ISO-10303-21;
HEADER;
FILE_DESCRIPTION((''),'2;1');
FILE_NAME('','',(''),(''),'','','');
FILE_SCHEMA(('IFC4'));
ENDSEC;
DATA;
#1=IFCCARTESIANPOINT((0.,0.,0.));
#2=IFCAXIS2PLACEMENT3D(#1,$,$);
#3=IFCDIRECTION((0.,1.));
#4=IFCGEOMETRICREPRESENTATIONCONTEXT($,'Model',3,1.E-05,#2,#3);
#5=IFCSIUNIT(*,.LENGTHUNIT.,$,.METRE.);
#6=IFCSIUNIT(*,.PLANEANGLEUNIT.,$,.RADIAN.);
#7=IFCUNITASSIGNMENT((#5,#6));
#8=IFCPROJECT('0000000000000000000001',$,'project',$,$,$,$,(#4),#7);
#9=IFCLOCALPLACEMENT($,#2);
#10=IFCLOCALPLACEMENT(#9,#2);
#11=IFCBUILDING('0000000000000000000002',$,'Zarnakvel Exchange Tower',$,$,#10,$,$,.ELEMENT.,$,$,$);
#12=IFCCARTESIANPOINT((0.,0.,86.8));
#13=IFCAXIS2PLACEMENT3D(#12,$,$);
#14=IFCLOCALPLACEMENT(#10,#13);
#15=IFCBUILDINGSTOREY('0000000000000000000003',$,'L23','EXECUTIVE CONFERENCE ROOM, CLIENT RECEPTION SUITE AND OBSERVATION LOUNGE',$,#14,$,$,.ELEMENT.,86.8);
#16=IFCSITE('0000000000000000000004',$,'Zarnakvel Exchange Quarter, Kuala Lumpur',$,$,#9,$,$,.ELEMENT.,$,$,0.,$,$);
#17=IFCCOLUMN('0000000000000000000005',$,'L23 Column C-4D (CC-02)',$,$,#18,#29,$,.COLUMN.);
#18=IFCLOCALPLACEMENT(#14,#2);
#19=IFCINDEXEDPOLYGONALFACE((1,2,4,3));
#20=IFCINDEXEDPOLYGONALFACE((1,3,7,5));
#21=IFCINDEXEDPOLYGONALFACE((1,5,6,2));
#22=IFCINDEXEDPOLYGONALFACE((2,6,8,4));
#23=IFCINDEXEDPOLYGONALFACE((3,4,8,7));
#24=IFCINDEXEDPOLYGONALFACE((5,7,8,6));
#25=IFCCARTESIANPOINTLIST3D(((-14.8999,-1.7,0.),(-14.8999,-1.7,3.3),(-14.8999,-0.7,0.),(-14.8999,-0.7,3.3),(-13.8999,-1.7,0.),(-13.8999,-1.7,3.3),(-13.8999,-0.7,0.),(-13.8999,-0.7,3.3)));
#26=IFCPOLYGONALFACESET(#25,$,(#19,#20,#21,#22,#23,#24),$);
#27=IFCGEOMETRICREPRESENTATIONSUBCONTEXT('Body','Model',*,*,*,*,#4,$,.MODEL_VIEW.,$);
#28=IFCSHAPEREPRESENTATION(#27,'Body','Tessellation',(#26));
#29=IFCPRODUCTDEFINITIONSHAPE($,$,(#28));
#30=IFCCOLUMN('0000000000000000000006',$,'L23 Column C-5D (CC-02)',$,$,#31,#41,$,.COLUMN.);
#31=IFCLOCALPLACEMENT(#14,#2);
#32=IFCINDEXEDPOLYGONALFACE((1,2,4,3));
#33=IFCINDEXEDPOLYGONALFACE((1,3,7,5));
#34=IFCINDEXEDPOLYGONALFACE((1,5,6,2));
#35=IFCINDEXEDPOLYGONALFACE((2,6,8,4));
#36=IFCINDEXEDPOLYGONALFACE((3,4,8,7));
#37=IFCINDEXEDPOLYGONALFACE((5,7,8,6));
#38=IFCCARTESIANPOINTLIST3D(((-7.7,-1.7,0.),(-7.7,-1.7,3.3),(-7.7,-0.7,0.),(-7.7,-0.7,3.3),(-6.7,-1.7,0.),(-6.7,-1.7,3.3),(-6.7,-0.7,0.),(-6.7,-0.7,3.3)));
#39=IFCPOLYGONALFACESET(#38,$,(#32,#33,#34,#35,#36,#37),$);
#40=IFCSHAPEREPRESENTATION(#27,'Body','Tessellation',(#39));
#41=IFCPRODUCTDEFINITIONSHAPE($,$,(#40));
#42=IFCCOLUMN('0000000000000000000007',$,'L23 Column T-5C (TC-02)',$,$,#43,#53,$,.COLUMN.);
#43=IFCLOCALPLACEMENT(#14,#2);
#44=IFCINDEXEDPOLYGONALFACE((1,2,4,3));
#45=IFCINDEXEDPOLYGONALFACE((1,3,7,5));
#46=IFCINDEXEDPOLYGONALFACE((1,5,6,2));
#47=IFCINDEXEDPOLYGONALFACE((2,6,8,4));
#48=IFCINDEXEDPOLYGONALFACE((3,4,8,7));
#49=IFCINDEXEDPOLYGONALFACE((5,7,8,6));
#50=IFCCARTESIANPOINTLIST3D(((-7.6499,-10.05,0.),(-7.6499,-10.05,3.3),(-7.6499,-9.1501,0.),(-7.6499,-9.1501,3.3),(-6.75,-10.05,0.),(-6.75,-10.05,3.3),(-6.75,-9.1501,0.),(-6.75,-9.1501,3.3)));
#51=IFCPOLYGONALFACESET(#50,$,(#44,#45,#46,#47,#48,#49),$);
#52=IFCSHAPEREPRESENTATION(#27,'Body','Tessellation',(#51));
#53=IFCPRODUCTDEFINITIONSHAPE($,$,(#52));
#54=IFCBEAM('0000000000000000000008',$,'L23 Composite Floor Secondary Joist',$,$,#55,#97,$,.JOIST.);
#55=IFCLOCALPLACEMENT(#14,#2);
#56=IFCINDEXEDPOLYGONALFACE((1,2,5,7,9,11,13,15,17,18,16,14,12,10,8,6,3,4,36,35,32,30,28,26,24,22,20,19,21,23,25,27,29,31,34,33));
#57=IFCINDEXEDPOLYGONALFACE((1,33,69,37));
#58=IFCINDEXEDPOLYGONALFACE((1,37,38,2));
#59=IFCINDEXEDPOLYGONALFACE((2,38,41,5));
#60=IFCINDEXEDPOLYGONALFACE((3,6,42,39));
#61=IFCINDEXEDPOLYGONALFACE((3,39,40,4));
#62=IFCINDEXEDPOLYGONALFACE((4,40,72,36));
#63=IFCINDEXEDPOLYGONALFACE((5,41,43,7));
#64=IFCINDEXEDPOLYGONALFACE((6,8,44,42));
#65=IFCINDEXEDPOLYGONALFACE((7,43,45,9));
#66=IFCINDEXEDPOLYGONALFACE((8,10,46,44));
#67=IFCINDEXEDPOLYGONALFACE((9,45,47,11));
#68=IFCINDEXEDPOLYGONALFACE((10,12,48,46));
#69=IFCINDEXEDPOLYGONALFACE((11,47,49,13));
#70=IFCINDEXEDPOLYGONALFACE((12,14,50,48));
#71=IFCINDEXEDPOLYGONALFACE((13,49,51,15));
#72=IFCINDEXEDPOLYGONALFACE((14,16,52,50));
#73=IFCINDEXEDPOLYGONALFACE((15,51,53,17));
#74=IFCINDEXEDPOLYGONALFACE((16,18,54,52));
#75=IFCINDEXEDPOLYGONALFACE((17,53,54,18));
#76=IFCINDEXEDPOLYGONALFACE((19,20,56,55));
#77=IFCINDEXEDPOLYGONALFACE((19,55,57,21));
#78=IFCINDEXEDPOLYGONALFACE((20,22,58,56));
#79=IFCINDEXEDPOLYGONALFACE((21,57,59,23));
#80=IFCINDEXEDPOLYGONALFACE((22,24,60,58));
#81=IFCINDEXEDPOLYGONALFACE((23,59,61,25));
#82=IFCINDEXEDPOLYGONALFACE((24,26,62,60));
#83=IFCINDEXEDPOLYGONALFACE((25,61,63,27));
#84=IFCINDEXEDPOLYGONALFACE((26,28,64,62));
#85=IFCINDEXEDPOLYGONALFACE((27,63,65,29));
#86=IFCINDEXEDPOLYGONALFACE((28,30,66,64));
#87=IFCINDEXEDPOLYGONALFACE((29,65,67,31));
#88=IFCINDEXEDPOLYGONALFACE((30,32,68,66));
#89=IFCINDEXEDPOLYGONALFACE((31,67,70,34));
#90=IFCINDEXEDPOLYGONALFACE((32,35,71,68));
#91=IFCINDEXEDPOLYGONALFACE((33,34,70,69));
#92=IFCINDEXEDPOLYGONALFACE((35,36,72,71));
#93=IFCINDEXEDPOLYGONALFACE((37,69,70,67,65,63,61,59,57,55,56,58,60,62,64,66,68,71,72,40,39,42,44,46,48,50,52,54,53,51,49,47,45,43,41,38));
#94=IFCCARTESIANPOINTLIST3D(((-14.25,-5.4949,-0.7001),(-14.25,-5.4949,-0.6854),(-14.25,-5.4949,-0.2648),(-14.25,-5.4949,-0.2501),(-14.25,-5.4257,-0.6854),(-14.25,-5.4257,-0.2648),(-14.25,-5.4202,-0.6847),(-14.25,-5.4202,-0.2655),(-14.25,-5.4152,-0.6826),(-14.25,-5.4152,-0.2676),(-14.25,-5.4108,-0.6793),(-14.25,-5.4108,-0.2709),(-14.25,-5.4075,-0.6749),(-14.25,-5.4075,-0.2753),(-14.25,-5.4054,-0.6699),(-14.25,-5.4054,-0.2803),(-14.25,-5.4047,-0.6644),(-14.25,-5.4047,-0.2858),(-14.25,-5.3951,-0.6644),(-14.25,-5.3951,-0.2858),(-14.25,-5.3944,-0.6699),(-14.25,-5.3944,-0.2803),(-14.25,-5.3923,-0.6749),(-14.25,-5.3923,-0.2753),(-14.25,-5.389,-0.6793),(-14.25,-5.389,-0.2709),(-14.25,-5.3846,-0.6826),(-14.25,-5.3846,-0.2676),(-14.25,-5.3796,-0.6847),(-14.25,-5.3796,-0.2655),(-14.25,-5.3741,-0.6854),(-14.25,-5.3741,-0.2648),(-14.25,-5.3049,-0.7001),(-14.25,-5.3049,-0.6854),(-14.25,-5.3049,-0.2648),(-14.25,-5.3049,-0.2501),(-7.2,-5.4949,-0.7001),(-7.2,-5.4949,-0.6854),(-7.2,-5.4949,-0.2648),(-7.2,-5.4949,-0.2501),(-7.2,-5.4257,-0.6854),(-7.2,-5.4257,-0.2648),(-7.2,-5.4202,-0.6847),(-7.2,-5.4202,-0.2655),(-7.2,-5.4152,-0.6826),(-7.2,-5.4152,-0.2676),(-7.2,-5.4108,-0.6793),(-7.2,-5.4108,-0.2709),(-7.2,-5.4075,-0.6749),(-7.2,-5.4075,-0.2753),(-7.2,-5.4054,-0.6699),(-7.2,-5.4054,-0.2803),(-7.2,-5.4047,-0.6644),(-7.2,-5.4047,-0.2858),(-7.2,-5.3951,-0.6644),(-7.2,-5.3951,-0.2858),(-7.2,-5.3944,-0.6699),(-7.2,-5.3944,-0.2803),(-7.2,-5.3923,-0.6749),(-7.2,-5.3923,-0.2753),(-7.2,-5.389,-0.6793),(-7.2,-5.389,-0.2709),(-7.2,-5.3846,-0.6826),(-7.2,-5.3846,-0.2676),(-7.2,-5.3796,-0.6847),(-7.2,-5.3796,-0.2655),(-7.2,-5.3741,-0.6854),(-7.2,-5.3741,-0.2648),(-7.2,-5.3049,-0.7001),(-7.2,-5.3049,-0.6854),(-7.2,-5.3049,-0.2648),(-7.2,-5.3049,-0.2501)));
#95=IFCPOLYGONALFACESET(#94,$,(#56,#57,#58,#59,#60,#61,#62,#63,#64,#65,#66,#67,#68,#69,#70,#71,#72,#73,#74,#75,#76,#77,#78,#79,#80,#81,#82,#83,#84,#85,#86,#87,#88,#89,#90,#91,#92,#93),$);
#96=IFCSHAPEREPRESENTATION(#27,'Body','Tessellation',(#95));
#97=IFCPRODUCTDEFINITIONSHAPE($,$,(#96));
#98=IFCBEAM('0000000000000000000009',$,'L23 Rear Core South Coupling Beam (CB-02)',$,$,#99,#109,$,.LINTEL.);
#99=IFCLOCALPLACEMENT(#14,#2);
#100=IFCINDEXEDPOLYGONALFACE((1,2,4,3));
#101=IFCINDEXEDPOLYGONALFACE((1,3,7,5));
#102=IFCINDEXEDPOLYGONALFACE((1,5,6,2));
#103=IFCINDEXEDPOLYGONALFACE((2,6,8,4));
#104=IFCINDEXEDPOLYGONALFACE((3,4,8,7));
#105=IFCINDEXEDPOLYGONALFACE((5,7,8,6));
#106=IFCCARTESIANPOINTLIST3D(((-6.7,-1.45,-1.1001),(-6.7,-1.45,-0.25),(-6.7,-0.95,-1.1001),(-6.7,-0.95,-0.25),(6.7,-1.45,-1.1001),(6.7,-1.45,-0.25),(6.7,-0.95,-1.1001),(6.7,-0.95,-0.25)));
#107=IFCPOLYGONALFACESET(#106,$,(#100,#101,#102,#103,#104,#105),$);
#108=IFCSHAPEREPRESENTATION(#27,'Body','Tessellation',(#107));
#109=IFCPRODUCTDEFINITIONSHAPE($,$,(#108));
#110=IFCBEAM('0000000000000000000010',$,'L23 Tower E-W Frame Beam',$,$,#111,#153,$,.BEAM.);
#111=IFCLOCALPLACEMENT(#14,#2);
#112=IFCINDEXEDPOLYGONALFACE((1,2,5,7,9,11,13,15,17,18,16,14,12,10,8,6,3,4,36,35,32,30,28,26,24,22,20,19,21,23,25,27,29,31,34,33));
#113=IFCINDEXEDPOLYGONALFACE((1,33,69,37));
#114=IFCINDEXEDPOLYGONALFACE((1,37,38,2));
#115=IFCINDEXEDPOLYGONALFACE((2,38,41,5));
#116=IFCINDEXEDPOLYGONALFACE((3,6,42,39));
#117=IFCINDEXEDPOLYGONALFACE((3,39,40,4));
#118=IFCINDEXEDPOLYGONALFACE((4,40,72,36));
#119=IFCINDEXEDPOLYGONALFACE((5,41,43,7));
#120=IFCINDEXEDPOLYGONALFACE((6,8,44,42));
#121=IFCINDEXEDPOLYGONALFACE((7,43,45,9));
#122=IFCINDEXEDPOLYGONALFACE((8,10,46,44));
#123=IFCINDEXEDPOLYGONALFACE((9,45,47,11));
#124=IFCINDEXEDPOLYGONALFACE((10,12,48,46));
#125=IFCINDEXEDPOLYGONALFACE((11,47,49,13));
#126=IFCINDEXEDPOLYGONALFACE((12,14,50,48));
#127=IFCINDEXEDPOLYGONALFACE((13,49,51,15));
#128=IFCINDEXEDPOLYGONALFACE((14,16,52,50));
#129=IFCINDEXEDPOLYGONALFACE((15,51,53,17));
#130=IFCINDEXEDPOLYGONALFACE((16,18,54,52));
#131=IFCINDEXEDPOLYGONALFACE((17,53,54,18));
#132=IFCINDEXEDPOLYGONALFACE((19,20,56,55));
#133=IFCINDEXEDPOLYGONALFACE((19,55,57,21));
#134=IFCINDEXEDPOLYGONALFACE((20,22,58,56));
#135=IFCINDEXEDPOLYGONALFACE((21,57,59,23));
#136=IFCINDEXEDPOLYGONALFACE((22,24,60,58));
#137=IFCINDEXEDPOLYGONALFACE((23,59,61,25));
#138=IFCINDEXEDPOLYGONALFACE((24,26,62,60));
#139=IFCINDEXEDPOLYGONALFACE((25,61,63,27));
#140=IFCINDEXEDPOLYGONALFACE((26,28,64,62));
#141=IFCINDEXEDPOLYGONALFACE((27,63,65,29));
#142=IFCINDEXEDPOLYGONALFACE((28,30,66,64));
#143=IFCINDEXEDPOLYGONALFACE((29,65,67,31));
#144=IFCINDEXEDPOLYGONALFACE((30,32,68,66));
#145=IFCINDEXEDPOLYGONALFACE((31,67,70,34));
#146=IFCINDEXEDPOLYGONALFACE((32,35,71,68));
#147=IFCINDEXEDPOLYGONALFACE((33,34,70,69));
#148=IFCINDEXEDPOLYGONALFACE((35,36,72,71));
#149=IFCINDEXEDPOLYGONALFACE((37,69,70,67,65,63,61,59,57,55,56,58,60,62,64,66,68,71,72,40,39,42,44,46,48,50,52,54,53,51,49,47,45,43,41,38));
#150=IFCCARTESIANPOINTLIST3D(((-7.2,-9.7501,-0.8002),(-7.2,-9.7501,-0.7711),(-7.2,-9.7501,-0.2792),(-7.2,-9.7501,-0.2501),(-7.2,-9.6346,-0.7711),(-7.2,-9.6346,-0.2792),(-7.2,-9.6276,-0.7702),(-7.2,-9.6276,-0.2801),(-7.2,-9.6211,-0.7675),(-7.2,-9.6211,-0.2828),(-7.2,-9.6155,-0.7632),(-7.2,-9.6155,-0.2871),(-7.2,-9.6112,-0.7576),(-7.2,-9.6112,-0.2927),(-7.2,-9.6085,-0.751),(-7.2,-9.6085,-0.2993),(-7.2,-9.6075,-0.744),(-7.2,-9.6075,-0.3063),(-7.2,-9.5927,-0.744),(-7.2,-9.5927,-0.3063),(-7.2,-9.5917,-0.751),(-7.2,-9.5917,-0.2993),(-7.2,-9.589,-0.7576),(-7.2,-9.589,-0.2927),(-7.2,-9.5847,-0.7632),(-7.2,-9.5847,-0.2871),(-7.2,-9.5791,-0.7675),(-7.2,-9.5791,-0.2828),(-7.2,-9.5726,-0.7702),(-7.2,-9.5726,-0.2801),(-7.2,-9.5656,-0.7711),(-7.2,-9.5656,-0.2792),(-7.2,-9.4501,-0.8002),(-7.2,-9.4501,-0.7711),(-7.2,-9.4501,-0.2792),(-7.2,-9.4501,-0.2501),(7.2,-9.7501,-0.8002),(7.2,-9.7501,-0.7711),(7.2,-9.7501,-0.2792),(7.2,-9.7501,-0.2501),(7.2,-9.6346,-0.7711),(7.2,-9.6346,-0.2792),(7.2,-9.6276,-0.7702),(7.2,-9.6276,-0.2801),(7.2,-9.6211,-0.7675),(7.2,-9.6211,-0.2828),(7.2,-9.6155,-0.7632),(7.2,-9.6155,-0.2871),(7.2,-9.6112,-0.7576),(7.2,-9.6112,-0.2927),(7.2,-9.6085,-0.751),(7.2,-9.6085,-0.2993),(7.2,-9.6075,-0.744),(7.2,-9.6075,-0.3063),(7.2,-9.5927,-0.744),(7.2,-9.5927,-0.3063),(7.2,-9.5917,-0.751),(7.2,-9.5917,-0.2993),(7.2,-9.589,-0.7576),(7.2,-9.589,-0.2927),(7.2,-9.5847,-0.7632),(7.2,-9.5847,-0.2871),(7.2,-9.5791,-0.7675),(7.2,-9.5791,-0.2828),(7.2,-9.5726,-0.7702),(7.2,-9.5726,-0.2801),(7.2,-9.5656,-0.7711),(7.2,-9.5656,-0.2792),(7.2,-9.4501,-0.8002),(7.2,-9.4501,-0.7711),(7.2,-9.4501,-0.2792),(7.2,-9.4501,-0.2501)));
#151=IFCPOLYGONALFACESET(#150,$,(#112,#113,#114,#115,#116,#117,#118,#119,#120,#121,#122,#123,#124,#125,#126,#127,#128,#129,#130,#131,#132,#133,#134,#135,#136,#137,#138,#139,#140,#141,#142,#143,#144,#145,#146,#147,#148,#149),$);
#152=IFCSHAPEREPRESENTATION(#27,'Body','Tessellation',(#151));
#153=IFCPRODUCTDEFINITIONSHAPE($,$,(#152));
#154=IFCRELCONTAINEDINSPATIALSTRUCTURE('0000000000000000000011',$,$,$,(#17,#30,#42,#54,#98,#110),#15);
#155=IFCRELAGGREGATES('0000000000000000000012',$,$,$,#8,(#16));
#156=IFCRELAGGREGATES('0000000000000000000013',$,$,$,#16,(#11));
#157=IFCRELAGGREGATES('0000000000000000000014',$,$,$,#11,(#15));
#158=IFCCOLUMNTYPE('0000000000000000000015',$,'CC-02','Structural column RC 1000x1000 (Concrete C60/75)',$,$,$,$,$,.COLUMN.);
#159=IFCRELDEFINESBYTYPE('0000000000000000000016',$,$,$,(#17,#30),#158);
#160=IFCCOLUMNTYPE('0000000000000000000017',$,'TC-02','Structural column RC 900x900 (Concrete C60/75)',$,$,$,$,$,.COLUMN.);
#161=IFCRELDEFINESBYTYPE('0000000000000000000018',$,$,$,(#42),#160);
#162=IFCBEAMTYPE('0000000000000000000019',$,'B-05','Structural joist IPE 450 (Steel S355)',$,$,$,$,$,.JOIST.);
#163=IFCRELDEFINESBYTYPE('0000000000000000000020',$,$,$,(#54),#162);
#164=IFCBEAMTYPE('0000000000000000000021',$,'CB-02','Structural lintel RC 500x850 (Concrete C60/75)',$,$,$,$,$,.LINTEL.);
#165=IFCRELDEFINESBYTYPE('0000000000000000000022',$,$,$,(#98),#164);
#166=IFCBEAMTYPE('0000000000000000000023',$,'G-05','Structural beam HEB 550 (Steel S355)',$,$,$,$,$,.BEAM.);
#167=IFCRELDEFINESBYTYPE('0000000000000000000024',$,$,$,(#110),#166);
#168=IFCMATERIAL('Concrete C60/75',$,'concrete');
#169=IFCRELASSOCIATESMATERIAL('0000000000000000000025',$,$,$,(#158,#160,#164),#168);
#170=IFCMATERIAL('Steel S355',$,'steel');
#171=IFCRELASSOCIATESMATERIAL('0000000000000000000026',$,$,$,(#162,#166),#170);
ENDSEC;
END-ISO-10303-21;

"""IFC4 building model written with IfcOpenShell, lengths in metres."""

from ifc_helpers import new_model, si_unit, direction, frame, origin, origin_2d, place, context, subcontext, project, spatial, rectangle, i_section, extrude, material, material_profile, profile_set, type_object, element, save


model = new_model("IFC4")

# Units and contexts
model_context = context("Model", 3, precision=1e-05, world=origin(), true_north=direction((0.0, 1.0)))
body_context = subcontext(model_context, "Body", "Model", "MODEL_VIEW")
ifc_project = project(units=[si_unit("LENGTHUNIT", "METRE"), si_unit("PLANEANGLEUNIT", "RADIAN")], contexts=[model_context])

# Site, building, storey
site_placement = place(None, origin())
site = spatial("IfcSite", under=ifc_project, at=site_placement, Name="Zarnakvel Exchange Quarter, Kuala Lumpur", CompositionType="ELEMENT", RefElevation=0.0)
building_placement = place(site_placement, origin())
building = spatial("IfcBuilding", under=site, at=building_placement, Name="Zarnakvel Exchange Tower", CompositionType="ELEMENT")
storey_placement = place(building_placement, frame((0.0, 0.0, 86.8)))
storey = spatial("IfcBuildingStorey", under=building, at=storey_placement, Name="L23", Description="EXECUTIVE CONFERENCE ROOM, CLIENT RECEPTION SUITE AND OBSERVATION LOUNGE", CompositionType="ELEMENT", Elevation=86.8)

# Columns
ifc_material_1 = material(Name="Concrete C60/75", Category="concrete")
ifc_material_profile_1 = material_profile(ifc_material_1, rectangle(XDim=1.0, YDim=1.0, at=origin_2d()))
ifc_profile_set_1 = profile_set([ifc_material_profile_1], Name="Concrete C60/75")
column_type_1 = type_object("IfcColumnType", Name="CC-02", Description="Structural column RC 1000x1000 (Concrete C60/75)", PredefinedType="COLUMN", material=ifc_profile_set_1)
for number, where, z_axis, x_axis, name in (
    (1, (-14.3999, -1.2, 0.0), (0.0, 0.0, 1.0), (1.0, 0.0, 0.0), "L23 Column C-4D (CC-02)"),
    (2, (-7.2, -1.2, 0.0), (0.0, 0.0, 1.0), (1.0, 0.0, 0.0), "L23 Column C-5D (CC-02)"),
):
    element("IfcColumn", number, at=place(storey_placement, frame(where, z_axis=z_axis, x_axis=x_axis)), inside=storey, type_object=column_type_1, Name=name, PredefinedType="COLUMN", context=body_context, shape_type="SweptSolid", body=[
        extrude(rectangle(XDim=1.0, YDim=1.0, at=origin_2d()), origin(), (0.0, 0.0, 1.0), 3.3),
    ])
ifc_material_profile_2 = material_profile(ifc_material_1, rectangle(XDim=0.8999, YDim=0.8999, at=origin_2d()))
ifc_profile_set_2 = profile_set([ifc_material_profile_2], Name="Concrete C60/75")
column_type_2 = type_object("IfcColumnType", Name="TC-02", Description="Structural column RC 900x900 (Concrete C60/75)", PredefinedType="COLUMN", material=ifc_profile_set_2)
column_placement = place(storey_placement, frame((-7.2, -9.6001, 0.0), z_axis=(0.0, 0.0, 1.0), x_axis=(1.0, 0.0, 0.0)))
element("IfcColumn", 3, at=column_placement, inside=storey, type_object=column_type_2, Name="L23 Column T-5C (TC-02)", PredefinedType="COLUMN", context=body_context, shape_type="SweptSolid", body=[
    extrude(rectangle(XDim=0.8999, YDim=0.8999, at=origin_2d()), origin(), (0.0, 0.0, 1.0), 3.3),
])

# Beams
ifc_material_2 = material(Name="Steel S355", Category="steel")
ifc_material_profile_3 = material_profile(ifc_material_2, i_section(OverallWidth=0.1899, OverallDepth=0.45, WebThickness=0.0095, FlangeThickness=0.0146, FilletRadius=0.021, at=origin_2d()))
ifc_profile_set_3 = profile_set([ifc_material_profile_3], Name="Steel S355")
beam_type_1 = type_object("IfcBeamType", Name="B-05", Description="Structural joist IPE 450 (Steel S355)", PredefinedType="JOIST", material=ifc_profile_set_3)
beam_1_placement = place(storey_placement, frame((-14.25, -5.3999, -0.4751), z_axis=(1.0, 0.0, 0.0), x_axis=(0.0, 1.0, 0.0)))
element("IfcBeam", 4, at=beam_1_placement, inside=storey, type_object=beam_type_1, Name="L23 Composite Floor Secondary Joist", PredefinedType="JOIST", context=body_context, shape_type="SweptSolid", body=[
    extrude(i_section(OverallWidth=0.1899, OverallDepth=0.45, WebThickness=0.0095, FlangeThickness=0.0146, FilletRadius=0.021, at=origin_2d()), origin(), (0.0, 0.0, 1.0), 7.05),
])
ifc_material_profile_4 = material_profile(ifc_material_1, rectangle(XDim=0.5, YDim=0.8501, at=origin_2d()))
ifc_profile_set_4 = profile_set([ifc_material_profile_4], Name="Concrete C60/75")
beam_type_2 = type_object("IfcBeamType", Name="CB-02", Description="Structural lintel RC 500x850 (Concrete C60/75)", PredefinedType="LINTEL", material=ifc_profile_set_4)
beam_2_placement = place(storey_placement, frame((-6.7, -1.2, -0.675), z_axis=(1.0, 0.0, 0.0), x_axis=(0.0, 1.0, 0.0)))
element("IfcBeam", 5, at=beam_2_placement, inside=storey, type_object=beam_type_2, Name="L23 Rear Core South Coupling Beam (CB-02)", PredefinedType="LINTEL", context=body_context, shape_type="SweptSolid", body=[
    extrude(rectangle(XDim=0.5, YDim=0.8501, at=origin_2d()), origin(), (0.0, 0.0, 1.0), 13.3999),
])
ifc_material_profile_5 = material_profile(ifc_material_2, i_section(OverallWidth=0.3, OverallDepth=0.55, WebThickness=0.0149, FlangeThickness=0.0291, FilletRadius=0.0271, at=origin_2d()))
ifc_profile_set_5 = profile_set([ifc_material_profile_5], Name="Steel S355")
beam_type_3 = type_object("IfcBeamType", Name="G-05", Description="Structural beam HEB 550 (Steel S355)", PredefinedType="BEAM", material=ifc_profile_set_5)
beam_3_placement = place(storey_placement, frame((-7.2, -9.6001, -0.5251), z_axis=(1.0, 0.0, 0.0), x_axis=(0.0, 1.0, 0.0)))
element("IfcBeam", 6, at=beam_3_placement, inside=storey, type_object=beam_type_3, Name="L23 Tower E-W Frame Beam", PredefinedType="BEAM", context=body_context, shape_type="SweptSolid", body=[
    extrude(i_section(OverallWidth=0.3, OverallDepth=0.55, WebThickness=0.0149, FlangeThickness=0.0291, FilletRadius=0.0271, at=origin_2d()), origin(), (0.0, 0.0, 1.0), 14.3999),
])

save(model, "model.ifc")
